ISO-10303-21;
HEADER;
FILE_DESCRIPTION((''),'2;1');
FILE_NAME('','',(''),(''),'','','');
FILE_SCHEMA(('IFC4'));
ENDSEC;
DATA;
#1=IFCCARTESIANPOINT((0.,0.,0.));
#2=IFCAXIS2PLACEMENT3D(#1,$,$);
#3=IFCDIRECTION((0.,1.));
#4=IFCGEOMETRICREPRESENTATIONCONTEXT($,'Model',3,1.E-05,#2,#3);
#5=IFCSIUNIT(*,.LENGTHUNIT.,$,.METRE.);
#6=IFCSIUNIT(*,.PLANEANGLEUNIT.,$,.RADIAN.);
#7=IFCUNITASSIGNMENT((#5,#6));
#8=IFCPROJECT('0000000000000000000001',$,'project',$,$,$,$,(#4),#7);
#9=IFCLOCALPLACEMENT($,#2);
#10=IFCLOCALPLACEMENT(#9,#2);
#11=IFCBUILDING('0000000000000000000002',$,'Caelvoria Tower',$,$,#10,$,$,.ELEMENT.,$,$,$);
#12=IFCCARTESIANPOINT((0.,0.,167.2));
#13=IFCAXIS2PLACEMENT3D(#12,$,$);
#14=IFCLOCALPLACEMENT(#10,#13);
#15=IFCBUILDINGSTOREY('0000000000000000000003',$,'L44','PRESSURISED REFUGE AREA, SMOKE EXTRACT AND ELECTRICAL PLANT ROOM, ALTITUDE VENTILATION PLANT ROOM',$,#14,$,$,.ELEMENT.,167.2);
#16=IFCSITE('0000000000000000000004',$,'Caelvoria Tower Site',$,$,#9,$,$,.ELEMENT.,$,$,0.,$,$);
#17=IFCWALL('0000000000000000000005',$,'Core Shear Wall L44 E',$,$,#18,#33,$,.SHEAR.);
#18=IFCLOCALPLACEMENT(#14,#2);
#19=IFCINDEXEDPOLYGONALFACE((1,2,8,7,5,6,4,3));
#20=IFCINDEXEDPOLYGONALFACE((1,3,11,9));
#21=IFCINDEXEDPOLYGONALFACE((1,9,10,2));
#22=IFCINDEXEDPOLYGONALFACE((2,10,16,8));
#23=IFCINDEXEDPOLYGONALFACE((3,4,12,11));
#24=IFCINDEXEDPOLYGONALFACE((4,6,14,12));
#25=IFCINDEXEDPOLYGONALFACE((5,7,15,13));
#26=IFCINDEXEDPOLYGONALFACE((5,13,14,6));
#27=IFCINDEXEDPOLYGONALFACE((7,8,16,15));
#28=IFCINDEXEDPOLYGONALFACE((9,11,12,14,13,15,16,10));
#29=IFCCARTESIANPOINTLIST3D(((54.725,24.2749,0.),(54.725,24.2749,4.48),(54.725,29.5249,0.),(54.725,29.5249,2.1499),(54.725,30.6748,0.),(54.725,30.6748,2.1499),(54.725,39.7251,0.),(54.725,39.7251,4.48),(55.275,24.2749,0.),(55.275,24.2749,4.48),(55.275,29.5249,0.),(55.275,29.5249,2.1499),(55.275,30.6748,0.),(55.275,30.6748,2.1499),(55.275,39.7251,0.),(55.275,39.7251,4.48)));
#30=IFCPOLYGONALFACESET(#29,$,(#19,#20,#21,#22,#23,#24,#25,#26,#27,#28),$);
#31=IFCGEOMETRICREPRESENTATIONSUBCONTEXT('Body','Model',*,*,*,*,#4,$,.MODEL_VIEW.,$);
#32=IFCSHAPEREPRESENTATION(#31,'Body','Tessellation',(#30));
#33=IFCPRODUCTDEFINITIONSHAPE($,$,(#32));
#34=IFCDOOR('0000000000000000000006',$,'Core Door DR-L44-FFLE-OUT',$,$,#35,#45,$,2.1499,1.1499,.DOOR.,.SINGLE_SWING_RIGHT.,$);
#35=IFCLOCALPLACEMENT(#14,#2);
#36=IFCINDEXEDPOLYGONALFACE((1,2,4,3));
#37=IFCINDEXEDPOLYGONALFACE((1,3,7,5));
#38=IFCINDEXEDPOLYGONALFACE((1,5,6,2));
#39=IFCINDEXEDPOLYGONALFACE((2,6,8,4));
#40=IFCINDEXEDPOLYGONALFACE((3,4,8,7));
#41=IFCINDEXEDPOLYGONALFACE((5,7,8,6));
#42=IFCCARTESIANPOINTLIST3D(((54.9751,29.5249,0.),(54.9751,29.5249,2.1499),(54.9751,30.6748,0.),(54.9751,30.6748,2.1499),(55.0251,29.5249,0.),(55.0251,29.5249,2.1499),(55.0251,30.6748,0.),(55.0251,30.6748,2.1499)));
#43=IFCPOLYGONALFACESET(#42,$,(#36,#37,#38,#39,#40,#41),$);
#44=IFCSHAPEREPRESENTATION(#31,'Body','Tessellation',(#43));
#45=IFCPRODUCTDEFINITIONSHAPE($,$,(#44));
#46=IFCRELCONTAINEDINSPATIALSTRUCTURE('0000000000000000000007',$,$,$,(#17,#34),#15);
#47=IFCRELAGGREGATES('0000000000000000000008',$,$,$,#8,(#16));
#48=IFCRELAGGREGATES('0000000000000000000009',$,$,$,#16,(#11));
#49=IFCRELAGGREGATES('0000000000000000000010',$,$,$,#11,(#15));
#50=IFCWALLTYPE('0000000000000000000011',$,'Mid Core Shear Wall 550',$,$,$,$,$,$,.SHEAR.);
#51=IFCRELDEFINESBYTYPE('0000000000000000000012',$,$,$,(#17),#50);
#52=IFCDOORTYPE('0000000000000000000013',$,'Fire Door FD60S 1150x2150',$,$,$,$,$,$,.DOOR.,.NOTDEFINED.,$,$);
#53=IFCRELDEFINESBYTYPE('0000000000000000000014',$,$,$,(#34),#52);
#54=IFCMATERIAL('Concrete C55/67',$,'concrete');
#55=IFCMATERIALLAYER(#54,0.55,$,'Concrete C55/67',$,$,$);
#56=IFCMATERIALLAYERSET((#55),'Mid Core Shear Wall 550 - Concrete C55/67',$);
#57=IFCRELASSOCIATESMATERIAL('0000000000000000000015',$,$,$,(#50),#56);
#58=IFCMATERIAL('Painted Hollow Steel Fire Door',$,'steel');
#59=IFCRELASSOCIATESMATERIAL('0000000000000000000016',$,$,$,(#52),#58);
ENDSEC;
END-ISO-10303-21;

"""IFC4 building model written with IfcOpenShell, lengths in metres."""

from ifc_helpers import new_model, si_unit, direction, frame, frame_2d, origin, place, context, subcontext, project, spatial, rectangle, extrude, material, layer, layer_set, type_object, element, fill, save


model = new_model("IFC4")

# Units and contexts
model_context = context("Model", 3, precision=1e-05, world=origin(), true_north=direction((0.0, 1.0)))
body_context = subcontext(model_context, "Body", "Model", "MODEL_VIEW")
ifc_project = project(units=[si_unit("LENGTHUNIT", "METRE"), si_unit("PLANEANGLEUNIT", "RADIAN")], contexts=[model_context])

# Site, building, storey
site_placement = place(None, origin())
site = spatial("IfcSite", under=ifc_project, at=site_placement, Name="Caelvoria Tower Site", CompositionType="ELEMENT", RefElevation=0.0)
building_placement = place(site_placement, origin())
building = spatial("IfcBuilding", under=site, at=building_placement, Name="Caelvoria Tower", CompositionType="ELEMENT")
storey_placement = place(building_placement, frame((0.0, 0.0, 167.2)))
storey = spatial("IfcBuildingStorey", under=building, at=storey_placement, Name="L44", Description="PRESSURISED REFUGE AREA, SMOKE EXTRACT AND ELECTRICAL PLANT ROOM, ALTITUDE VENTILATION PLANT ROOM", CompositionType="ELEMENT", Elevation=167.2)

# Wall, opening, door
ifc_material_1 = material(Name="Concrete C55/67", Category="concrete")
ifc_layer_1 = layer(ifc_material_1, 0.55, Name="Concrete C55/67")
ifc_layer_set_1 = layer_set([ifc_layer_1], Name="Mid Core Shear Wall 550 - Concrete C55/67")
wall_type_1 = type_object("IfcWallType", Name="Mid Core Shear Wall 550", PredefinedType="SHEAR", material=ifc_layer_set_1)
wall_1_placement = place(storey_placement, frame((55.0, 24.2749, 0.0), z_axis=(0.0, 0.0, 1.0), x_axis=(0.0, 1.0, 0.0)))
wall_1 = element("IfcWall", 1, at=wall_1_placement, inside=storey, type_object=wall_type_1, Name="Core Shear Wall L44 E", PredefinedType="SHEAR", context=body_context, shape_type="SweptSolid", body=[
    extrude(rectangle(XDim=15.4502, YDim=0.55, at=frame_2d((7.7251, 0.0))), origin(), (0.0, 0.0, 1.0), 4.48),
])
opening_1_placement = place(wall_1_placement, frame((5.25, 0.0, 0.0)))
opening_1 = element("IfcOpeningElement", 2, at=opening_1_placement, cuts=wall_1, PredefinedType="OPENING", context=body_context, shape_type="SweptSolid", body=[
    extrude(rectangle(XDim=1.1499, YDim=2.1499, at=frame_2d((0.575, 1.075))), frame((0.0, 0.2849, 0.0), z_axis=(0.0, -1.0, 0.0), x_axis=(1.0, 0.0, 0.0)), (0.0, 0.0, 1.0), 0.5701),
])
ifc_material_2 = material(Name="Painted Hollow Steel Fire Door", Category="steel")
door_type_1 = type_object("IfcDoorType", Name="Fire Door FD60S 1150x2150", OperationType="NOTDEFINED", PredefinedType="DOOR", material=ifc_material_2)
door_1_placement = place(opening_1_placement, origin())
door_1 = element("IfcDoor", 3, at=door_1_placement, inside=storey, type_object=door_type_1, Name="Core Door DR-L44-FFLE-OUT", OperationType="SINGLE_SWING_RIGHT", OverallHeight=2.1499, OverallWidth=1.1499, PredefinedType="DOOR", context=body_context, shape_type="SweptSolid", body=[
    extrude(rectangle(XDim=1.1499, YDim=2.1499, at=frame_2d((0.575, 1.075))), frame((0.0, 0.0249, 0.0), z_axis=(0.0, -1.0, 0.0), x_axis=(1.0, 0.0, 0.0)), (0.0, 0.0, 1.0), 0.05),
])
fill(opening_1, door_1)

save(model, "model.ifc")
